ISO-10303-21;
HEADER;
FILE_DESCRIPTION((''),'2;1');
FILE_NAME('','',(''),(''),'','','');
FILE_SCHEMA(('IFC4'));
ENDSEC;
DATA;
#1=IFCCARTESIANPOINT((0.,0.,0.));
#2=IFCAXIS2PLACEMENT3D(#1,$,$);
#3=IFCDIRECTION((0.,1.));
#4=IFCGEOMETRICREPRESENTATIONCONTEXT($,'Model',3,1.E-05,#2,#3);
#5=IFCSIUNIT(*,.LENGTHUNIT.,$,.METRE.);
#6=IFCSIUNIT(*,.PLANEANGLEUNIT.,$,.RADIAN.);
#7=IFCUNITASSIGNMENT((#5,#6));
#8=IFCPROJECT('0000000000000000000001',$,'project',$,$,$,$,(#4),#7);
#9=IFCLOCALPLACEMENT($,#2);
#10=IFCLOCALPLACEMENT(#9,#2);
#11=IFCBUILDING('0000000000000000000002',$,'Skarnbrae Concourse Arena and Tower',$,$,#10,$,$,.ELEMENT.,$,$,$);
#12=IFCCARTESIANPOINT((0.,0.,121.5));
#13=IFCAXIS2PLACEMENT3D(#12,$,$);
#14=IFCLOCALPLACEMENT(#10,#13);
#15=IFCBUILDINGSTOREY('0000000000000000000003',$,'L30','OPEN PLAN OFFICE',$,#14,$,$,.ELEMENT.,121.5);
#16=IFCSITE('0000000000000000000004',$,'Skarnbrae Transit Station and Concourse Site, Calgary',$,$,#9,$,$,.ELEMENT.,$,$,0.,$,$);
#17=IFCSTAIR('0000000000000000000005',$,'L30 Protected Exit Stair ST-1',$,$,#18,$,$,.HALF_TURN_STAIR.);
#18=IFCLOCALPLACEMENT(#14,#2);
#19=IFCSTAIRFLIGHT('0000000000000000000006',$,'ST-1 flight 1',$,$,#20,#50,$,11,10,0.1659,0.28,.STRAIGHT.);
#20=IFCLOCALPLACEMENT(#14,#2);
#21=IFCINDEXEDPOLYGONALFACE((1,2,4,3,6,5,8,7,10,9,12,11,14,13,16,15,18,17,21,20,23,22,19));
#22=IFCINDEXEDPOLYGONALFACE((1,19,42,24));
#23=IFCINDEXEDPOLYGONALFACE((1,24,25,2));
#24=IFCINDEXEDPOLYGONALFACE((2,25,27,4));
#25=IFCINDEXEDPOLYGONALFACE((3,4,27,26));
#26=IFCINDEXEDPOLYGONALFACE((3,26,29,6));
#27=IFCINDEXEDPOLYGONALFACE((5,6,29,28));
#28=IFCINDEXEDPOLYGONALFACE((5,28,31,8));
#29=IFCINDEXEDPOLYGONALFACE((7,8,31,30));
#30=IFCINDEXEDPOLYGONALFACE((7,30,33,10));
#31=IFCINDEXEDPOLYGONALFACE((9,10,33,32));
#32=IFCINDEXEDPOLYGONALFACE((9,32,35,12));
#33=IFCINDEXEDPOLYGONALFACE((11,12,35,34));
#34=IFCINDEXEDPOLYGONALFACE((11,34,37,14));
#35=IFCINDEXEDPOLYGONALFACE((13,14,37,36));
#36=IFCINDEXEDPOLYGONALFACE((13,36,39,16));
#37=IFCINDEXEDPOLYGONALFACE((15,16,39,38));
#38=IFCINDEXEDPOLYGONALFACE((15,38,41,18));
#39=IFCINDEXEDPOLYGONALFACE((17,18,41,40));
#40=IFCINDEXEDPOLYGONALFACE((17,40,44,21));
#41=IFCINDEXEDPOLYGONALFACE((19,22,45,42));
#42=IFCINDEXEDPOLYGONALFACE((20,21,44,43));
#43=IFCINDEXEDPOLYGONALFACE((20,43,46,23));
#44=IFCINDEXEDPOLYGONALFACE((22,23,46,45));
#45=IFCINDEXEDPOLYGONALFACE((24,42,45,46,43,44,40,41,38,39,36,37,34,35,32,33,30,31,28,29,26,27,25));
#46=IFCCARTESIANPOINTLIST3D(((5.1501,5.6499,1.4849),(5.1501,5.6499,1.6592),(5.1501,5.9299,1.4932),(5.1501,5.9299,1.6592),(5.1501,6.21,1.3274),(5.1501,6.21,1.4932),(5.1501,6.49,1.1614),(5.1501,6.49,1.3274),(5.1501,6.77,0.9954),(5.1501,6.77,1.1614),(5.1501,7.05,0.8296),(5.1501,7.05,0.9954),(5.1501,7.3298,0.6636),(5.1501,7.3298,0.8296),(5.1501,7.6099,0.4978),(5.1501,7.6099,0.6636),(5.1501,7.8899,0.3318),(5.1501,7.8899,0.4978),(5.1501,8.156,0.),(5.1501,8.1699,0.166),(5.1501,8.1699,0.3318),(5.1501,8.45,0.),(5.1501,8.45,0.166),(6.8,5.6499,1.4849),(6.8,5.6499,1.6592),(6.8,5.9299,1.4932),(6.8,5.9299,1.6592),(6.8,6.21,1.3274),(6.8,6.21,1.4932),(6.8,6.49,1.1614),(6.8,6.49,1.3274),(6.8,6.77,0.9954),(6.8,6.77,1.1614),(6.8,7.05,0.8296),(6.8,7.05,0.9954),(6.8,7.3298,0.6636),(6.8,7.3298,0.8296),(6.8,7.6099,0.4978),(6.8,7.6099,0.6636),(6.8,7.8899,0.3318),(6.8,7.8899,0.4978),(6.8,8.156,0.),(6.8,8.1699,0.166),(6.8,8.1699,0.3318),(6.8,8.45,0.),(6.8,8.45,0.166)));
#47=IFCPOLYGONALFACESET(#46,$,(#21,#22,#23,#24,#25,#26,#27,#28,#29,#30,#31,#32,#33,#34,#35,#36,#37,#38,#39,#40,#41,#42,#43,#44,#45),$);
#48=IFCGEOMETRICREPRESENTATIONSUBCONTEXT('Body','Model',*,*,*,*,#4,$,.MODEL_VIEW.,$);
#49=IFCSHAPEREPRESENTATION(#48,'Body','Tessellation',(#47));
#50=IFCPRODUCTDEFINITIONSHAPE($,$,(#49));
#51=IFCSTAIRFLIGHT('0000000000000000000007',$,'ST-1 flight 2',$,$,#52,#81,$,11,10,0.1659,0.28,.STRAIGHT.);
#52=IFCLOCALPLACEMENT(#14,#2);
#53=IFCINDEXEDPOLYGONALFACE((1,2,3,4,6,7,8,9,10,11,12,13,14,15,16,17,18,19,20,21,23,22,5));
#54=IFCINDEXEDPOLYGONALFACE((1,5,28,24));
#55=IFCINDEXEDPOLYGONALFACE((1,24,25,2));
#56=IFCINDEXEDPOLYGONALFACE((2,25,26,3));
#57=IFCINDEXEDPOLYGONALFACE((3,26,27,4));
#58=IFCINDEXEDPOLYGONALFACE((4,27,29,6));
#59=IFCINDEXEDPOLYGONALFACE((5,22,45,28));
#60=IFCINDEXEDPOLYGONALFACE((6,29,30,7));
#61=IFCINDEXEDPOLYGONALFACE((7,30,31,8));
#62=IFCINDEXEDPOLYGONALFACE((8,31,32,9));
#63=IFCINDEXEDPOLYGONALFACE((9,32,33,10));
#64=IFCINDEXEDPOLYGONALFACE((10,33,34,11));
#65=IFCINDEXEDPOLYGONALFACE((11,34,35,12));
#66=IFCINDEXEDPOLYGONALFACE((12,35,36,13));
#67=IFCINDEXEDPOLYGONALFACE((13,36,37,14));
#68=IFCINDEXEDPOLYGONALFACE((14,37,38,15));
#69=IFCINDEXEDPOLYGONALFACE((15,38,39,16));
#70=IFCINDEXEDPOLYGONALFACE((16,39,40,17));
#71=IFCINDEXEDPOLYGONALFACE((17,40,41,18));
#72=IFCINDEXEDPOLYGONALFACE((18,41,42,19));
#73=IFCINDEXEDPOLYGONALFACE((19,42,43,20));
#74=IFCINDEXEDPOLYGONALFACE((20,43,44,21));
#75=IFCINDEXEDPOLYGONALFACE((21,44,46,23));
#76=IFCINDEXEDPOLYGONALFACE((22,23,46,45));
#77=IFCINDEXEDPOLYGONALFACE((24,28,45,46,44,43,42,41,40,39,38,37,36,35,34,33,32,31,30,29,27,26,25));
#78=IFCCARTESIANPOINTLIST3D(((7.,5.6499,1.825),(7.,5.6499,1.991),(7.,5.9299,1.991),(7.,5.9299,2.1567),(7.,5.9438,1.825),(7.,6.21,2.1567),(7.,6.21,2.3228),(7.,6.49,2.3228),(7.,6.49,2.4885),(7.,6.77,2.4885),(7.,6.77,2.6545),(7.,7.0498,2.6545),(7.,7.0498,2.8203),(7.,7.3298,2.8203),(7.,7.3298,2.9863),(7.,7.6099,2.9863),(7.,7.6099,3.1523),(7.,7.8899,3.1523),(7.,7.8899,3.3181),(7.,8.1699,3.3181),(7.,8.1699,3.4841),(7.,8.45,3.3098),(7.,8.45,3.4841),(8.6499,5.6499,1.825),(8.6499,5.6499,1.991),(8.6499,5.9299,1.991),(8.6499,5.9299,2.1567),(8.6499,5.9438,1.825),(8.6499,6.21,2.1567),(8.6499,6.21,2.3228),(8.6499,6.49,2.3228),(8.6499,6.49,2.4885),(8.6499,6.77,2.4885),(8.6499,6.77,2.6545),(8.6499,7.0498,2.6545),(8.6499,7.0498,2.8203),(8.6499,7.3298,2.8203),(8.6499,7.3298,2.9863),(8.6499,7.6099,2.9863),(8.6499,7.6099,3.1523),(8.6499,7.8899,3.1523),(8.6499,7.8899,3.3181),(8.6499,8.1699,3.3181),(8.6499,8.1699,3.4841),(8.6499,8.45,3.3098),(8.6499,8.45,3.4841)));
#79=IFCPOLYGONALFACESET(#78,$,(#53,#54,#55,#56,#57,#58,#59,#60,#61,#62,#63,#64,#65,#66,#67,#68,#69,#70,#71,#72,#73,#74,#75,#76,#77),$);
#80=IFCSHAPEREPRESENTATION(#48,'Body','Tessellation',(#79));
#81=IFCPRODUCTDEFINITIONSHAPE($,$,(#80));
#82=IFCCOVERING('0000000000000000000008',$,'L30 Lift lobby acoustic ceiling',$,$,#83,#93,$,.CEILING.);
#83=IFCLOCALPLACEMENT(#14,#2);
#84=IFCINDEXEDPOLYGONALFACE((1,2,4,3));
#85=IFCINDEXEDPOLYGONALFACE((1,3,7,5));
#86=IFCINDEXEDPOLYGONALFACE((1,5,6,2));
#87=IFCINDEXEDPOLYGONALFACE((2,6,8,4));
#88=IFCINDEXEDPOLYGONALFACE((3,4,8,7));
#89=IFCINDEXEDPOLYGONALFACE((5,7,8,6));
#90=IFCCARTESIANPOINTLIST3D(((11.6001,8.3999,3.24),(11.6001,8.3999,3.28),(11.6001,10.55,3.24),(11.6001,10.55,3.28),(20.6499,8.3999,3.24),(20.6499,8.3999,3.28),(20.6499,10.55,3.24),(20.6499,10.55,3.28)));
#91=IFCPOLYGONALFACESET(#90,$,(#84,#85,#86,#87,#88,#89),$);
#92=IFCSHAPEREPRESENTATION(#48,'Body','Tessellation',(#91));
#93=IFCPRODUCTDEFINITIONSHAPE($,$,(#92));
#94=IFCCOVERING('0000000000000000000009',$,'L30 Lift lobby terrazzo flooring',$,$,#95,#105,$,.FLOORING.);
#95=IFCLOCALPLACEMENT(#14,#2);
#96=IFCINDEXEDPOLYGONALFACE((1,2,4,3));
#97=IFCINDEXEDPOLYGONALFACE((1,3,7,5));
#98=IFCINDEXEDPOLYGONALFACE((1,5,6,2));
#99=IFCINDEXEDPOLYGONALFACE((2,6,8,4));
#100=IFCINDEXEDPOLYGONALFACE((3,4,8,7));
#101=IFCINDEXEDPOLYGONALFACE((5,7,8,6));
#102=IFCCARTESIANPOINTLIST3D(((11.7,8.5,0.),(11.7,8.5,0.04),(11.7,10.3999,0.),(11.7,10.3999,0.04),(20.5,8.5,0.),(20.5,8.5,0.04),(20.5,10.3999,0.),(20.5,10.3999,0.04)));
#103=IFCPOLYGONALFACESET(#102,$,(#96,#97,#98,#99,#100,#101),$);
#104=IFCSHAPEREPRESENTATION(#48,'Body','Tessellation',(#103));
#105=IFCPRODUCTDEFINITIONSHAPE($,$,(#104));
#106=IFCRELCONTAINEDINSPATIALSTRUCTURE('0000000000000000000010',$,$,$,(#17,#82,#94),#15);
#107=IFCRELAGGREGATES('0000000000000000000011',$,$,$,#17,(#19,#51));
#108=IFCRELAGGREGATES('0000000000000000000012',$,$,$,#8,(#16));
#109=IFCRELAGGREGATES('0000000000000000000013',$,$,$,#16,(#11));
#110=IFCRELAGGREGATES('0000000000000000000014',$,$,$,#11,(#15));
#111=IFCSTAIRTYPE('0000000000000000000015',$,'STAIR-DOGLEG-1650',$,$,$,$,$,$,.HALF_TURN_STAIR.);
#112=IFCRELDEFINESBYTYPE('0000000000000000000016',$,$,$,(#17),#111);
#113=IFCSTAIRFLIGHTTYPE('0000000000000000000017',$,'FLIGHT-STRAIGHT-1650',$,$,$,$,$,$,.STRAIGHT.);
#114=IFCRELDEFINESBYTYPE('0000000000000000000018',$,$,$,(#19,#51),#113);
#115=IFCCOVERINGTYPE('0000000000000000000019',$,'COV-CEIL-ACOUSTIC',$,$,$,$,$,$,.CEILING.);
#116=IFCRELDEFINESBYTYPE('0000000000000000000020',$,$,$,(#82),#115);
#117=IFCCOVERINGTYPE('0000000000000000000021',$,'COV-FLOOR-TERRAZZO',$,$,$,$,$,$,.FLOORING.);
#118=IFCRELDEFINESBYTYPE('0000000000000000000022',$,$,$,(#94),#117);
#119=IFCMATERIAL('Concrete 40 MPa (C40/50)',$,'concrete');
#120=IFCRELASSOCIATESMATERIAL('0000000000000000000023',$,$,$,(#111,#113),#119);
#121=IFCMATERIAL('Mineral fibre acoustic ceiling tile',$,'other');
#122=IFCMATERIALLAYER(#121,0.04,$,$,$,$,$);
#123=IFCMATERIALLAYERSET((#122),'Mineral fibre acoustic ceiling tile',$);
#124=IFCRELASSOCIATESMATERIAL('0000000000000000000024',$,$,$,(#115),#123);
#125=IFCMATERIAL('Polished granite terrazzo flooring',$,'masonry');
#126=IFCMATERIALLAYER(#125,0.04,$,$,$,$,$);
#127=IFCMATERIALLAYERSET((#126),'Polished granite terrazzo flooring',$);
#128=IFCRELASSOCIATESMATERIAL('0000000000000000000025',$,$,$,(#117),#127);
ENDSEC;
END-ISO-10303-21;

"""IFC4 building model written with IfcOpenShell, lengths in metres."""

from ifc_helpers import new_model, si_unit, direction, frame, origin, place, context, subcontext, project, spatial, polyline, outline, extrude, source, transform, mapped, material, layer, layer_set, type_object, element, aggregate, save


model = new_model("IFC4")

# Units and contexts
model_context = context("Model", 3, precision=1e-05, world=origin(), true_north=direction((0.0, 1.0)))
body_context = subcontext(model_context, "Body", "Model", "MODEL_VIEW")
ifc_project = project(units=[si_unit("LENGTHUNIT", "METRE"), si_unit("PLANEANGLEUNIT", "RADIAN")], contexts=[model_context])

# Site, building, storey
site_placement = place(None, origin())
site = spatial("IfcSite", under=ifc_project, at=site_placement, Name="Skarnbrae Transit Station and Concourse Site, Calgary", CompositionType="ELEMENT", RefElevation=0.0)
building_placement = place(site_placement, origin())
building = spatial("IfcBuilding", under=site, at=building_placement, Name="Skarnbrae Concourse Arena and Tower", CompositionType="ELEMENT")
storey_placement = place(building_placement, frame((0.0, 0.0, 121.5)))
storey = spatial("IfcBuildingStorey", under=building, at=storey_placement, Name="L30", Description="OPEN PLAN OFFICE", CompositionType="ELEMENT", Elevation=121.5)

# Stair
ifc_material_1 = material(Name="Concrete 40 MPa (C40/50)", Category="concrete")
stair_type = type_object("IfcStairType", Name="STAIR-DOGLEG-1650", PredefinedType="HALF_TURN_STAIR", material=ifc_material_1)
stair_1_placement = place(storey_placement, origin())
stair_1 = element("IfcStair", 1, at=stair_1_placement, inside=storey, type_object=stair_type, Name="L30 Protected Exit Stair ST-1", PredefinedType="HALF_TURN_STAIR")

# Stair flights
stair_flight_type = type_object("IfcStairFlightType", Name="FLIGHT-STRAIGHT-1650", PredefinedType="STRAIGHT", material=ifc_material_1)
shared_shape_1 = source(origin(), body_context, "Body", "SweptSolid", [
    extrude(outline(polyline([(0.0, 0.0), (0.0, 0.166), (0.28, 0.166), (0.28, 0.3318), (0.5601, 0.3318), (0.5601, 0.4978), (0.8401, 0.4978), (0.8401, 0.6636), (1.1201, 0.6636), (1.1201, 0.8296), (1.3999, 0.8296), (1.3999, 0.9954), (1.6799, 0.9954), (1.6799, 1.1614), (1.96, 1.1614), (1.96, 1.3274), (2.24, 1.3274), (2.24, 1.4932), (2.52, 1.4932), (2.52, 1.6592), (2.8, 1.6592), (2.8, 1.825), (2.8, 1.4849), (0.2939, 0.0), (0.0, 0.0)])), frame((0.0, 0.825, 0.0), z_axis=(0.0, -1.0, 0.0), x_axis=(1.0, 0.0, 0.0)), (0.0, 0.0, 1.0), 1.6499),
])
stair_flight_1_placement = place(storey_placement, frame((5.9751, 8.45, 0.0), z_axis=(0.0, 0.0, 1.0), x_axis=(0.0, -1.0, 0.0)))
stair_flight_1 = element("IfcStairFlight", 2, at=stair_flight_1_placement, type_object=stair_flight_type, Name="ST-1 flight 1", NumberOfRisers=11, NumberOfTreads=10, PredefinedType="STRAIGHT", RiserHeight=0.1659, TreadLength=0.28, context=body_context, shape_type="MappedRepresentation", body=[
    mapped(shared_shape_1, transform((0.0, 0.0, 0.0))),
])
stair_flight_2_placement = place(storey_placement, frame((7.825, 5.6499, 1.825), z_axis=(0.0, 0.0, 1.0), x_axis=(0.0, 1.0, 0.0)))
stair_flight_2 = element("IfcStairFlight", 3, at=stair_flight_2_placement, type_object=stair_flight_type, Name="ST-1 flight 2", NumberOfRisers=11, NumberOfTreads=10, PredefinedType="STRAIGHT", RiserHeight=0.1659, TreadLength=0.28, context=body_context, shape_type="MappedRepresentation", body=[
    mapped(shared_shape_1, transform((0.0, 0.0, 0.0))),
])
aggregate(stair_1, [stair_flight_1, stair_flight_2])

# Coverings
ifc_material_2 = material(Name="Mineral fibre acoustic ceiling tile", Category="other")
ifc_layer_1 = layer(ifc_material_2, 0.04)
ifc_layer_set_1 = layer_set([ifc_layer_1], Name="Mineral fibre acoustic ceiling tile")
covering_type_1 = type_object("IfcCoveringType", Name="COV-CEIL-ACOUSTIC", PredefinedType="CEILING", material=ifc_layer_set_1)
covering_1_placement = place(storey_placement, frame((0.0, 0.0, 3.24)))
element("IfcCovering", 4, at=covering_1_placement, inside=storey, type_object=covering_type_1, Name="L30 Lift lobby acoustic ceiling", PredefinedType="CEILING", context=body_context, shape_type="SweptSolid", body=[
    extrude(outline(polyline([(11.6001, 8.3999), (20.6499, 8.3999), (20.6499, 10.55), (11.6001, 10.55), (11.6001, 8.3999)])), origin(), (0.0, 0.0, 1.0), 0.04),
])
ifc_material_3 = material(Name="Polished granite terrazzo flooring", Category="masonry")
ifc_layer_2 = layer(ifc_material_3, 0.04)
ifc_layer_set_2 = layer_set([ifc_layer_2], Name="Polished granite terrazzo flooring")
covering_type_2 = type_object("IfcCoveringType", Name="COV-FLOOR-TERRAZZO", PredefinedType="FLOORING", material=ifc_layer_set_2)
covering_2_placement = place(storey_placement, origin())
element("IfcCovering", 5, at=covering_2_placement, inside=storey, type_object=covering_type_2, Name="L30 Lift lobby terrazzo flooring", PredefinedType="FLOORING", context=body_context, shape_type="SweptSolid", body=[
    extrude(outline(polyline([(11.7, 8.5), (20.5, 8.5), (20.5, 10.3999), (11.7, 10.3999), (11.7, 8.5)])), origin(), (0.0, 0.0, 1.0), 0.04),
])

save(model, "model.ifc")
